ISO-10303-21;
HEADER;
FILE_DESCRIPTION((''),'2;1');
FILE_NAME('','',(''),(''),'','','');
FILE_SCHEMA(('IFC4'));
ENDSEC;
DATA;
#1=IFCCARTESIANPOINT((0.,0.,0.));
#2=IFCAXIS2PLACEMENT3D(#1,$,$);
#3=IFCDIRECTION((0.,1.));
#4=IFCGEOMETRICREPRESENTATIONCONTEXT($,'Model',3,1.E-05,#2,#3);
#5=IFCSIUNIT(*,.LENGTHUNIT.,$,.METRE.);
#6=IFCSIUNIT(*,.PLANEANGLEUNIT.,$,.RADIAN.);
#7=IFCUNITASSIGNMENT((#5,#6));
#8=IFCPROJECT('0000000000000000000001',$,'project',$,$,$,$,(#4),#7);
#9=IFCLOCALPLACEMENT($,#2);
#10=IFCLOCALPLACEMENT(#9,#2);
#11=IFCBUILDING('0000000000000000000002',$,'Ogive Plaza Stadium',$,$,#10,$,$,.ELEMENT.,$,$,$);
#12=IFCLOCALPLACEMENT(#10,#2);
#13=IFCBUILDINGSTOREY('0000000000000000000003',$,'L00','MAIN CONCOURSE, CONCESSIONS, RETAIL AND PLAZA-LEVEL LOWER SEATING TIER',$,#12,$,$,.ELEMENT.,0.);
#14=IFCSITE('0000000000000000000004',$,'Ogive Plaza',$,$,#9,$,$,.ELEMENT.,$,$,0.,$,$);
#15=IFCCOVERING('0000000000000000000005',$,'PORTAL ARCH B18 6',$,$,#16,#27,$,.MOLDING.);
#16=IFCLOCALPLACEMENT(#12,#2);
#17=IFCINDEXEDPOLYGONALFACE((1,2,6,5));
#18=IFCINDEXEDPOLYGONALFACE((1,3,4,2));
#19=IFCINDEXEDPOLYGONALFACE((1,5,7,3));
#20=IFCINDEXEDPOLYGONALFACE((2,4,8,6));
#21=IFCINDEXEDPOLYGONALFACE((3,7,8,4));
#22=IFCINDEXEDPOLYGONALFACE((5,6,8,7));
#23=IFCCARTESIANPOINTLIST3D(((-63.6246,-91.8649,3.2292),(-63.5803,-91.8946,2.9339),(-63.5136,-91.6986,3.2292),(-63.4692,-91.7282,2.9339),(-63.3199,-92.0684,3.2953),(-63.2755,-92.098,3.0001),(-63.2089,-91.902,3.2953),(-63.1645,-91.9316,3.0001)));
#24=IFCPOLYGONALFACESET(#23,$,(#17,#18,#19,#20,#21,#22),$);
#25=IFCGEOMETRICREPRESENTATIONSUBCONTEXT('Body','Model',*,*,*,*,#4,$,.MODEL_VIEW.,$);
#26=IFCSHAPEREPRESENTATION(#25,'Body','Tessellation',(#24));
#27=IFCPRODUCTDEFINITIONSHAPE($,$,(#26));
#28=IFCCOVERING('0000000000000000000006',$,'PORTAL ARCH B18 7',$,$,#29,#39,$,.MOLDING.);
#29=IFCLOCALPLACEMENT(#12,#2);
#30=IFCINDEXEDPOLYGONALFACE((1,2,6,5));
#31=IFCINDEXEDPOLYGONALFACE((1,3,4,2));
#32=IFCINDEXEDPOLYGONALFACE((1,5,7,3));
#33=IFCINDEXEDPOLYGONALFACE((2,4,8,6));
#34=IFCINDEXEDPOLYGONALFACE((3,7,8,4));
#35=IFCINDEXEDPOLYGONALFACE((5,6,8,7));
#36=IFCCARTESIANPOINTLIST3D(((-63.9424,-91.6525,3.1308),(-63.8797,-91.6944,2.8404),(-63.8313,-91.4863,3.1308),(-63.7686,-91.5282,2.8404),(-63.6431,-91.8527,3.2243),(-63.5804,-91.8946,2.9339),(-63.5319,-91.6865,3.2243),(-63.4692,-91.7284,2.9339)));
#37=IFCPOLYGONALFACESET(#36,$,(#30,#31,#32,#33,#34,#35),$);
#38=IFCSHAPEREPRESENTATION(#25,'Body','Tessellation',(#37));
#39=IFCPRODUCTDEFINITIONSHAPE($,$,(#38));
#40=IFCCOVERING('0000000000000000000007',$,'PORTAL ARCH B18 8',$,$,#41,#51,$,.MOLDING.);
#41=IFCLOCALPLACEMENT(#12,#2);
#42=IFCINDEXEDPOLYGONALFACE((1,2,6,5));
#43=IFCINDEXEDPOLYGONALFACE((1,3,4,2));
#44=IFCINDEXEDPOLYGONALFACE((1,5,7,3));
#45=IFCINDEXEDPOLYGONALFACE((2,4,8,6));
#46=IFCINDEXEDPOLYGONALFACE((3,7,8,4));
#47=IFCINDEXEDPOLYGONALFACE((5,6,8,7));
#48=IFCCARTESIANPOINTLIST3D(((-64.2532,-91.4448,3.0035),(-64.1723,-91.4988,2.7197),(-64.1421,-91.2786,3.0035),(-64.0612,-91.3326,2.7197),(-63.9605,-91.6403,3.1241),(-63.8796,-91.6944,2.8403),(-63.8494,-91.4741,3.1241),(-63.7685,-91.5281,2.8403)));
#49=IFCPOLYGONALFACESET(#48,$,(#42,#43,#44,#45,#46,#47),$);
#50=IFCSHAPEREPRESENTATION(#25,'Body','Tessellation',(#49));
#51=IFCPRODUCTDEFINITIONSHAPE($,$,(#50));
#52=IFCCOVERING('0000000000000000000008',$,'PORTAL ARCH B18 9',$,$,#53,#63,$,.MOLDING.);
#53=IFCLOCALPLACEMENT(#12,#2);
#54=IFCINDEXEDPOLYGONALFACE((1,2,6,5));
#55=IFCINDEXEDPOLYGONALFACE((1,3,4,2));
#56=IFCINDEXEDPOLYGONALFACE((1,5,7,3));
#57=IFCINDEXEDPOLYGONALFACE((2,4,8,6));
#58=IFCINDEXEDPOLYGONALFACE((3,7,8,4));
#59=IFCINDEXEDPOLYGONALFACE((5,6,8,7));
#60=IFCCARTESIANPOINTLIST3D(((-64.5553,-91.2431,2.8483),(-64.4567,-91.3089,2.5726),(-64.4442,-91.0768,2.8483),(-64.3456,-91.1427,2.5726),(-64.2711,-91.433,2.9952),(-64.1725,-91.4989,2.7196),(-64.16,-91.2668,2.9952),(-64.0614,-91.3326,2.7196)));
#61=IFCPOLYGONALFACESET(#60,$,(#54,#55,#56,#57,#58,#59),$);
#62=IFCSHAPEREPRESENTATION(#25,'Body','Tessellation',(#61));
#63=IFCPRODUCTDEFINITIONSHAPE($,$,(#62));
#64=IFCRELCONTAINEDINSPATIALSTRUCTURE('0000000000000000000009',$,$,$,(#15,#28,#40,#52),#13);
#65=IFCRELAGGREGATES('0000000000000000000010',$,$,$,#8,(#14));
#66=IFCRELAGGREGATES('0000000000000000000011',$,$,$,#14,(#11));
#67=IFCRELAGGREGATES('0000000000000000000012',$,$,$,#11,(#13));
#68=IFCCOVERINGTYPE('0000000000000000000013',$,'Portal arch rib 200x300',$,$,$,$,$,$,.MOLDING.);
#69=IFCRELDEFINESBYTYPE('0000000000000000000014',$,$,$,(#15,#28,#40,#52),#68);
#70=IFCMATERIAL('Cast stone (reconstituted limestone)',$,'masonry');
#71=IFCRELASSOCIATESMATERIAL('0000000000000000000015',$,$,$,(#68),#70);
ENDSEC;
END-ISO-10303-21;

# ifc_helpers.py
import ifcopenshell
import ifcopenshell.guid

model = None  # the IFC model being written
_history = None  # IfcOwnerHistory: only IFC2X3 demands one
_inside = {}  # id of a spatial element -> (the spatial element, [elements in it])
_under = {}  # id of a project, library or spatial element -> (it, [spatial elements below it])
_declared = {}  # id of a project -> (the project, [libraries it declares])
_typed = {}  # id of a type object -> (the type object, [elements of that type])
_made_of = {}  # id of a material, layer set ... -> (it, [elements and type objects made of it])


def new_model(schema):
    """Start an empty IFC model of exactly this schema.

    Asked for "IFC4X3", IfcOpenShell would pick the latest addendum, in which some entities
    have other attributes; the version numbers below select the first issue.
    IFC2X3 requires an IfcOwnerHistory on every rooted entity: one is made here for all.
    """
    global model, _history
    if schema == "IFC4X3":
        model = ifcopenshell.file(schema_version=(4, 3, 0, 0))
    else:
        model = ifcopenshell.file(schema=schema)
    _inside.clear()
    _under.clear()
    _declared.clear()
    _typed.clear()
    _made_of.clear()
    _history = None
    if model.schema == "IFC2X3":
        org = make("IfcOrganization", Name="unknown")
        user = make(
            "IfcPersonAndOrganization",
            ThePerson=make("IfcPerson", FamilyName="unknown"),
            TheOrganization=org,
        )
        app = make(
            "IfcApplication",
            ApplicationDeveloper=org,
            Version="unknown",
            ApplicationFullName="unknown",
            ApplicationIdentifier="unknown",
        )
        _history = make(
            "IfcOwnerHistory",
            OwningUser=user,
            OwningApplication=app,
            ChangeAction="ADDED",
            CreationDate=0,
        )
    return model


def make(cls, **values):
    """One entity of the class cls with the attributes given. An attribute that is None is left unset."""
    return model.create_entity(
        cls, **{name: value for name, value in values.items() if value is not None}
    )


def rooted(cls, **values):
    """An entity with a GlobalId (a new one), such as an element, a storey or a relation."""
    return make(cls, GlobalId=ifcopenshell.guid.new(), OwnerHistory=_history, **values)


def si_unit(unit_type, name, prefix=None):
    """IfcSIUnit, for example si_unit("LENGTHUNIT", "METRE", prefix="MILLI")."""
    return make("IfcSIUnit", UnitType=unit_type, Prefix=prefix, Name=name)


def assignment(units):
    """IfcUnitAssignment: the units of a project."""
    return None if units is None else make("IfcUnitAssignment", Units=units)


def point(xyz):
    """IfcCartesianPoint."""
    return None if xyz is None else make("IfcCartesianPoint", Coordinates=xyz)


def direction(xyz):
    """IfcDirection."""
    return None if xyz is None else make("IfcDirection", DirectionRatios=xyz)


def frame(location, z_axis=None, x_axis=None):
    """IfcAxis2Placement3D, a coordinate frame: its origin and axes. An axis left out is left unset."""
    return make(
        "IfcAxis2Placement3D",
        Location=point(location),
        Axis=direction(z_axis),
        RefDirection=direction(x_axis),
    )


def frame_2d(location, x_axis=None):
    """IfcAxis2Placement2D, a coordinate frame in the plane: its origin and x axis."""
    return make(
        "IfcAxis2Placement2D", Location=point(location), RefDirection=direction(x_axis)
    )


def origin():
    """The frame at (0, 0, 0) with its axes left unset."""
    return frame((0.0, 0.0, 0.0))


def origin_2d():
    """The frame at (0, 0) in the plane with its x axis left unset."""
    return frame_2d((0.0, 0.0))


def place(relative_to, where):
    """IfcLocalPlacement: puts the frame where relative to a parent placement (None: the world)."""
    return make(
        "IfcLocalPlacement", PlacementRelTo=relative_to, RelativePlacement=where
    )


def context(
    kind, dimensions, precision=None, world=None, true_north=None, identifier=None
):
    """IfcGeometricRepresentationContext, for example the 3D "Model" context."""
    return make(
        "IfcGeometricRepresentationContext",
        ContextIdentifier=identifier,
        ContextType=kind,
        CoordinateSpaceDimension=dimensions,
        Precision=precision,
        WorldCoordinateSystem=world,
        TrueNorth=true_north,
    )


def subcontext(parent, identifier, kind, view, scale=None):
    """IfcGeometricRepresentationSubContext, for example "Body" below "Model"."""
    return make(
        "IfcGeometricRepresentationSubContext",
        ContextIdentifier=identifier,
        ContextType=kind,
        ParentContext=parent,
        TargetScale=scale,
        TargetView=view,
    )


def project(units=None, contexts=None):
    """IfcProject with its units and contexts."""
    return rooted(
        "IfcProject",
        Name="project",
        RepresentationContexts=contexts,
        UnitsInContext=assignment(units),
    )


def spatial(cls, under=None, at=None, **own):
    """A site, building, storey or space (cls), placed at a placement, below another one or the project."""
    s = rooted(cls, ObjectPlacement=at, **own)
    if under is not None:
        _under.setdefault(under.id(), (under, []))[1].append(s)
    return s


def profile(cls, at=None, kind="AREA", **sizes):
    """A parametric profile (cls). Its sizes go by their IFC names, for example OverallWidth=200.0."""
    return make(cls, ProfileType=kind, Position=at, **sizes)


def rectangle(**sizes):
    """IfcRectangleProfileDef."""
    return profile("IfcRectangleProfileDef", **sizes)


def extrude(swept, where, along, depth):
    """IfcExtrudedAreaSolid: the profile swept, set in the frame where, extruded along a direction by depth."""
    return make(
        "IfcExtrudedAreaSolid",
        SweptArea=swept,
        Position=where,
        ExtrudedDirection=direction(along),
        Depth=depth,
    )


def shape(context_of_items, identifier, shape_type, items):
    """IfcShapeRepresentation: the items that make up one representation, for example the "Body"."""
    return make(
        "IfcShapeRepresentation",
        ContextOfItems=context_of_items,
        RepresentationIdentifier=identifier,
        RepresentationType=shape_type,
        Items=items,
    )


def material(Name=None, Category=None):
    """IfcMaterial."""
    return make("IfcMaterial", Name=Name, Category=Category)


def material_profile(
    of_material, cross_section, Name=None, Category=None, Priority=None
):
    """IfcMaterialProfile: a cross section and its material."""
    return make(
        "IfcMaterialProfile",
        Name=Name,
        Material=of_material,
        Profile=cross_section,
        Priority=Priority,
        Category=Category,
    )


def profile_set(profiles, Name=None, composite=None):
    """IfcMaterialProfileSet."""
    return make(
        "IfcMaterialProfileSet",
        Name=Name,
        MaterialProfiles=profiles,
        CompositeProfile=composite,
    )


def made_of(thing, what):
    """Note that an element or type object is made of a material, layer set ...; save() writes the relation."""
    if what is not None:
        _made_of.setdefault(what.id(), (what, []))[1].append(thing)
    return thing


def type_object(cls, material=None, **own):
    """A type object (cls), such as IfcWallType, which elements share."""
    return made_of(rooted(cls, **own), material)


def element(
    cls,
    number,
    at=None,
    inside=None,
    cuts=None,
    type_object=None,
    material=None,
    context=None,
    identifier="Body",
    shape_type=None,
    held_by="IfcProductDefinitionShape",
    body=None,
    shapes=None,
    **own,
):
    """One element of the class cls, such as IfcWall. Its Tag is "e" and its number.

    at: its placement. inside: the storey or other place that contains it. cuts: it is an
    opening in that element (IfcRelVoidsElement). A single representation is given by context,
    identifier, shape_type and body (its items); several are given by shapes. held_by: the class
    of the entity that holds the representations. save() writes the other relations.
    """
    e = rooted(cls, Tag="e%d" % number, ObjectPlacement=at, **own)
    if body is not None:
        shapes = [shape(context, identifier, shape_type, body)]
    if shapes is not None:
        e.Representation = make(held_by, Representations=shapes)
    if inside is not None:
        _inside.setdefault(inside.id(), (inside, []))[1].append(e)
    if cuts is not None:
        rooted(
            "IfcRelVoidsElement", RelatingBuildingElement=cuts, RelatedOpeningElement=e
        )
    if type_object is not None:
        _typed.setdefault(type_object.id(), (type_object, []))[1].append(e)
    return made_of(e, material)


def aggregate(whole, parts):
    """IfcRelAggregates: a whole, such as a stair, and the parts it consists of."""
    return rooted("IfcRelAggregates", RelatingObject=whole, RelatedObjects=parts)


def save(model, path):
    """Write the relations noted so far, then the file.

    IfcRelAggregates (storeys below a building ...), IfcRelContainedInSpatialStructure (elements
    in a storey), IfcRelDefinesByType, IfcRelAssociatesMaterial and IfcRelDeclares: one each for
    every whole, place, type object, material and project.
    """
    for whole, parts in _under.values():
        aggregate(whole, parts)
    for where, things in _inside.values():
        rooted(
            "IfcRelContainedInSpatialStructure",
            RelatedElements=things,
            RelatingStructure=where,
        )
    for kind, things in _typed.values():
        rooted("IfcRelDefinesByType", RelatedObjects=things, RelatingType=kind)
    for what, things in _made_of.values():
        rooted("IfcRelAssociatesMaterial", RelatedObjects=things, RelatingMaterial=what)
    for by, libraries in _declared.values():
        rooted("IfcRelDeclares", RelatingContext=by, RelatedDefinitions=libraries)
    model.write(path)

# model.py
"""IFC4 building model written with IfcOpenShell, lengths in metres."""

from ifc_helpers import new_model, si_unit, direction, frame, origin, origin_2d, place, context, subcontext, project, spatial, rectangle, extrude, material, material_profile, profile_set, type_object, element, save


model = new_model("IFC4")

# Units and contexts
model_context = context("Model", 3, precision=1e-05, world=origin(), true_north=direction((0.0, 1.0)))
body_context = subcontext(model_context, "Body", "Model", "MODEL_VIEW")
ifc_project = project(units=[si_unit("LENGTHUNIT", "METRE"), si_unit("PLANEANGLEUNIT", "RADIAN")], contexts=[model_context])

# Site, building, storey
site_placement = place(None, origin())
site = spatial("IfcSite", under=ifc_project, at=site_placement, Name="Ogive Plaza", CompositionType="ELEMENT", RefElevation=0.0)
building_placement = place(site_placement, origin())
building = spatial("IfcBuilding", under=site, at=building_placement, Name="Ogive Plaza Stadium", CompositionType="ELEMENT")
storey_placement = place(building_placement, origin())
storey = spatial("IfcBuildingStorey", under=building, at=storey_placement, Name="L00", Description="MAIN CONCOURSE, CONCESSIONS, RETAIL AND PLAZA-LEVEL LOWER SEATING TIER", CompositionType="ELEMENT", Elevation=0.0)

# Coverings
ifc_material_1 = material(Name="Cast stone (reconstituted limestone)", Category="masonry")
ifc_material_profile_1 = material_profile(ifc_material_1, rectangle(XDim=0.2, YDim=0.3, at=origin_2d()), Name="Cast stone 200x300")
ifc_profile_set_1 = profile_set([ifc_material_profile_1], Name="Cast stone (reconstituted limestone)")
covering_type = type_object("IfcCoveringType", Name="Portal arch rib 200x300", PredefinedType="MOLDING", material=ifc_profile_set_1)
covering_1_placement = place(storey_placement, frame((-63.2422, -92.0, 3.1477), z_axis=(-0.8185, 0.546322, -0.177735), x_axis=(-0.555162, -0.831743, 0.0)))
element("IfcCovering", 1, at=covering_1_placement, inside=storey, type_object=covering_type, Name="PORTAL ARCH B18 6", PredefinedType="MOLDING", context=body_context, shape_type="SweptSolid", body=[
    extrude(rectangle(XDim=0.2, YDim=0.3, at=origin_2d()), origin(), (0.0, 0.0, 1.0), 0.3723),
])
for number, where, z_axis, x_axis, name in (
    (2, (-63.5562, -91.7905, 3.0791), (-0.804533, 0.538105, -0.251335), (-0.555951, -0.831215, 0.0), "PORTAL ARCH B18 7"),
    (3, (-63.8645, -91.5842, 2.9822), (-0.786633, 0.525516, -0.324101), (-0.5555, -0.831516, 0.0), "PORTAL ARCH B18 8"),
    (4, (-64.1663, -91.3828, 2.8574), (-0.763778, 0.510498, -0.395012), (-0.555689, -0.83139, 0.0), "PORTAL ARCH B18 9"),
):
    element("IfcCovering", number, at=place(storey_placement, frame(where, z_axis=z_axis, x_axis=x_axis)), inside=storey, type_object=covering_type, Name=name, PredefinedType="MOLDING", context=body_context, shape_type="SweptSolid", body=[
        extrude(rectangle(XDim=0.2, YDim=0.3, at=origin_2d()), origin(), (0.0, 0.0, 1.0), 0.3721),
    ])

save(model, "model.ifc")
